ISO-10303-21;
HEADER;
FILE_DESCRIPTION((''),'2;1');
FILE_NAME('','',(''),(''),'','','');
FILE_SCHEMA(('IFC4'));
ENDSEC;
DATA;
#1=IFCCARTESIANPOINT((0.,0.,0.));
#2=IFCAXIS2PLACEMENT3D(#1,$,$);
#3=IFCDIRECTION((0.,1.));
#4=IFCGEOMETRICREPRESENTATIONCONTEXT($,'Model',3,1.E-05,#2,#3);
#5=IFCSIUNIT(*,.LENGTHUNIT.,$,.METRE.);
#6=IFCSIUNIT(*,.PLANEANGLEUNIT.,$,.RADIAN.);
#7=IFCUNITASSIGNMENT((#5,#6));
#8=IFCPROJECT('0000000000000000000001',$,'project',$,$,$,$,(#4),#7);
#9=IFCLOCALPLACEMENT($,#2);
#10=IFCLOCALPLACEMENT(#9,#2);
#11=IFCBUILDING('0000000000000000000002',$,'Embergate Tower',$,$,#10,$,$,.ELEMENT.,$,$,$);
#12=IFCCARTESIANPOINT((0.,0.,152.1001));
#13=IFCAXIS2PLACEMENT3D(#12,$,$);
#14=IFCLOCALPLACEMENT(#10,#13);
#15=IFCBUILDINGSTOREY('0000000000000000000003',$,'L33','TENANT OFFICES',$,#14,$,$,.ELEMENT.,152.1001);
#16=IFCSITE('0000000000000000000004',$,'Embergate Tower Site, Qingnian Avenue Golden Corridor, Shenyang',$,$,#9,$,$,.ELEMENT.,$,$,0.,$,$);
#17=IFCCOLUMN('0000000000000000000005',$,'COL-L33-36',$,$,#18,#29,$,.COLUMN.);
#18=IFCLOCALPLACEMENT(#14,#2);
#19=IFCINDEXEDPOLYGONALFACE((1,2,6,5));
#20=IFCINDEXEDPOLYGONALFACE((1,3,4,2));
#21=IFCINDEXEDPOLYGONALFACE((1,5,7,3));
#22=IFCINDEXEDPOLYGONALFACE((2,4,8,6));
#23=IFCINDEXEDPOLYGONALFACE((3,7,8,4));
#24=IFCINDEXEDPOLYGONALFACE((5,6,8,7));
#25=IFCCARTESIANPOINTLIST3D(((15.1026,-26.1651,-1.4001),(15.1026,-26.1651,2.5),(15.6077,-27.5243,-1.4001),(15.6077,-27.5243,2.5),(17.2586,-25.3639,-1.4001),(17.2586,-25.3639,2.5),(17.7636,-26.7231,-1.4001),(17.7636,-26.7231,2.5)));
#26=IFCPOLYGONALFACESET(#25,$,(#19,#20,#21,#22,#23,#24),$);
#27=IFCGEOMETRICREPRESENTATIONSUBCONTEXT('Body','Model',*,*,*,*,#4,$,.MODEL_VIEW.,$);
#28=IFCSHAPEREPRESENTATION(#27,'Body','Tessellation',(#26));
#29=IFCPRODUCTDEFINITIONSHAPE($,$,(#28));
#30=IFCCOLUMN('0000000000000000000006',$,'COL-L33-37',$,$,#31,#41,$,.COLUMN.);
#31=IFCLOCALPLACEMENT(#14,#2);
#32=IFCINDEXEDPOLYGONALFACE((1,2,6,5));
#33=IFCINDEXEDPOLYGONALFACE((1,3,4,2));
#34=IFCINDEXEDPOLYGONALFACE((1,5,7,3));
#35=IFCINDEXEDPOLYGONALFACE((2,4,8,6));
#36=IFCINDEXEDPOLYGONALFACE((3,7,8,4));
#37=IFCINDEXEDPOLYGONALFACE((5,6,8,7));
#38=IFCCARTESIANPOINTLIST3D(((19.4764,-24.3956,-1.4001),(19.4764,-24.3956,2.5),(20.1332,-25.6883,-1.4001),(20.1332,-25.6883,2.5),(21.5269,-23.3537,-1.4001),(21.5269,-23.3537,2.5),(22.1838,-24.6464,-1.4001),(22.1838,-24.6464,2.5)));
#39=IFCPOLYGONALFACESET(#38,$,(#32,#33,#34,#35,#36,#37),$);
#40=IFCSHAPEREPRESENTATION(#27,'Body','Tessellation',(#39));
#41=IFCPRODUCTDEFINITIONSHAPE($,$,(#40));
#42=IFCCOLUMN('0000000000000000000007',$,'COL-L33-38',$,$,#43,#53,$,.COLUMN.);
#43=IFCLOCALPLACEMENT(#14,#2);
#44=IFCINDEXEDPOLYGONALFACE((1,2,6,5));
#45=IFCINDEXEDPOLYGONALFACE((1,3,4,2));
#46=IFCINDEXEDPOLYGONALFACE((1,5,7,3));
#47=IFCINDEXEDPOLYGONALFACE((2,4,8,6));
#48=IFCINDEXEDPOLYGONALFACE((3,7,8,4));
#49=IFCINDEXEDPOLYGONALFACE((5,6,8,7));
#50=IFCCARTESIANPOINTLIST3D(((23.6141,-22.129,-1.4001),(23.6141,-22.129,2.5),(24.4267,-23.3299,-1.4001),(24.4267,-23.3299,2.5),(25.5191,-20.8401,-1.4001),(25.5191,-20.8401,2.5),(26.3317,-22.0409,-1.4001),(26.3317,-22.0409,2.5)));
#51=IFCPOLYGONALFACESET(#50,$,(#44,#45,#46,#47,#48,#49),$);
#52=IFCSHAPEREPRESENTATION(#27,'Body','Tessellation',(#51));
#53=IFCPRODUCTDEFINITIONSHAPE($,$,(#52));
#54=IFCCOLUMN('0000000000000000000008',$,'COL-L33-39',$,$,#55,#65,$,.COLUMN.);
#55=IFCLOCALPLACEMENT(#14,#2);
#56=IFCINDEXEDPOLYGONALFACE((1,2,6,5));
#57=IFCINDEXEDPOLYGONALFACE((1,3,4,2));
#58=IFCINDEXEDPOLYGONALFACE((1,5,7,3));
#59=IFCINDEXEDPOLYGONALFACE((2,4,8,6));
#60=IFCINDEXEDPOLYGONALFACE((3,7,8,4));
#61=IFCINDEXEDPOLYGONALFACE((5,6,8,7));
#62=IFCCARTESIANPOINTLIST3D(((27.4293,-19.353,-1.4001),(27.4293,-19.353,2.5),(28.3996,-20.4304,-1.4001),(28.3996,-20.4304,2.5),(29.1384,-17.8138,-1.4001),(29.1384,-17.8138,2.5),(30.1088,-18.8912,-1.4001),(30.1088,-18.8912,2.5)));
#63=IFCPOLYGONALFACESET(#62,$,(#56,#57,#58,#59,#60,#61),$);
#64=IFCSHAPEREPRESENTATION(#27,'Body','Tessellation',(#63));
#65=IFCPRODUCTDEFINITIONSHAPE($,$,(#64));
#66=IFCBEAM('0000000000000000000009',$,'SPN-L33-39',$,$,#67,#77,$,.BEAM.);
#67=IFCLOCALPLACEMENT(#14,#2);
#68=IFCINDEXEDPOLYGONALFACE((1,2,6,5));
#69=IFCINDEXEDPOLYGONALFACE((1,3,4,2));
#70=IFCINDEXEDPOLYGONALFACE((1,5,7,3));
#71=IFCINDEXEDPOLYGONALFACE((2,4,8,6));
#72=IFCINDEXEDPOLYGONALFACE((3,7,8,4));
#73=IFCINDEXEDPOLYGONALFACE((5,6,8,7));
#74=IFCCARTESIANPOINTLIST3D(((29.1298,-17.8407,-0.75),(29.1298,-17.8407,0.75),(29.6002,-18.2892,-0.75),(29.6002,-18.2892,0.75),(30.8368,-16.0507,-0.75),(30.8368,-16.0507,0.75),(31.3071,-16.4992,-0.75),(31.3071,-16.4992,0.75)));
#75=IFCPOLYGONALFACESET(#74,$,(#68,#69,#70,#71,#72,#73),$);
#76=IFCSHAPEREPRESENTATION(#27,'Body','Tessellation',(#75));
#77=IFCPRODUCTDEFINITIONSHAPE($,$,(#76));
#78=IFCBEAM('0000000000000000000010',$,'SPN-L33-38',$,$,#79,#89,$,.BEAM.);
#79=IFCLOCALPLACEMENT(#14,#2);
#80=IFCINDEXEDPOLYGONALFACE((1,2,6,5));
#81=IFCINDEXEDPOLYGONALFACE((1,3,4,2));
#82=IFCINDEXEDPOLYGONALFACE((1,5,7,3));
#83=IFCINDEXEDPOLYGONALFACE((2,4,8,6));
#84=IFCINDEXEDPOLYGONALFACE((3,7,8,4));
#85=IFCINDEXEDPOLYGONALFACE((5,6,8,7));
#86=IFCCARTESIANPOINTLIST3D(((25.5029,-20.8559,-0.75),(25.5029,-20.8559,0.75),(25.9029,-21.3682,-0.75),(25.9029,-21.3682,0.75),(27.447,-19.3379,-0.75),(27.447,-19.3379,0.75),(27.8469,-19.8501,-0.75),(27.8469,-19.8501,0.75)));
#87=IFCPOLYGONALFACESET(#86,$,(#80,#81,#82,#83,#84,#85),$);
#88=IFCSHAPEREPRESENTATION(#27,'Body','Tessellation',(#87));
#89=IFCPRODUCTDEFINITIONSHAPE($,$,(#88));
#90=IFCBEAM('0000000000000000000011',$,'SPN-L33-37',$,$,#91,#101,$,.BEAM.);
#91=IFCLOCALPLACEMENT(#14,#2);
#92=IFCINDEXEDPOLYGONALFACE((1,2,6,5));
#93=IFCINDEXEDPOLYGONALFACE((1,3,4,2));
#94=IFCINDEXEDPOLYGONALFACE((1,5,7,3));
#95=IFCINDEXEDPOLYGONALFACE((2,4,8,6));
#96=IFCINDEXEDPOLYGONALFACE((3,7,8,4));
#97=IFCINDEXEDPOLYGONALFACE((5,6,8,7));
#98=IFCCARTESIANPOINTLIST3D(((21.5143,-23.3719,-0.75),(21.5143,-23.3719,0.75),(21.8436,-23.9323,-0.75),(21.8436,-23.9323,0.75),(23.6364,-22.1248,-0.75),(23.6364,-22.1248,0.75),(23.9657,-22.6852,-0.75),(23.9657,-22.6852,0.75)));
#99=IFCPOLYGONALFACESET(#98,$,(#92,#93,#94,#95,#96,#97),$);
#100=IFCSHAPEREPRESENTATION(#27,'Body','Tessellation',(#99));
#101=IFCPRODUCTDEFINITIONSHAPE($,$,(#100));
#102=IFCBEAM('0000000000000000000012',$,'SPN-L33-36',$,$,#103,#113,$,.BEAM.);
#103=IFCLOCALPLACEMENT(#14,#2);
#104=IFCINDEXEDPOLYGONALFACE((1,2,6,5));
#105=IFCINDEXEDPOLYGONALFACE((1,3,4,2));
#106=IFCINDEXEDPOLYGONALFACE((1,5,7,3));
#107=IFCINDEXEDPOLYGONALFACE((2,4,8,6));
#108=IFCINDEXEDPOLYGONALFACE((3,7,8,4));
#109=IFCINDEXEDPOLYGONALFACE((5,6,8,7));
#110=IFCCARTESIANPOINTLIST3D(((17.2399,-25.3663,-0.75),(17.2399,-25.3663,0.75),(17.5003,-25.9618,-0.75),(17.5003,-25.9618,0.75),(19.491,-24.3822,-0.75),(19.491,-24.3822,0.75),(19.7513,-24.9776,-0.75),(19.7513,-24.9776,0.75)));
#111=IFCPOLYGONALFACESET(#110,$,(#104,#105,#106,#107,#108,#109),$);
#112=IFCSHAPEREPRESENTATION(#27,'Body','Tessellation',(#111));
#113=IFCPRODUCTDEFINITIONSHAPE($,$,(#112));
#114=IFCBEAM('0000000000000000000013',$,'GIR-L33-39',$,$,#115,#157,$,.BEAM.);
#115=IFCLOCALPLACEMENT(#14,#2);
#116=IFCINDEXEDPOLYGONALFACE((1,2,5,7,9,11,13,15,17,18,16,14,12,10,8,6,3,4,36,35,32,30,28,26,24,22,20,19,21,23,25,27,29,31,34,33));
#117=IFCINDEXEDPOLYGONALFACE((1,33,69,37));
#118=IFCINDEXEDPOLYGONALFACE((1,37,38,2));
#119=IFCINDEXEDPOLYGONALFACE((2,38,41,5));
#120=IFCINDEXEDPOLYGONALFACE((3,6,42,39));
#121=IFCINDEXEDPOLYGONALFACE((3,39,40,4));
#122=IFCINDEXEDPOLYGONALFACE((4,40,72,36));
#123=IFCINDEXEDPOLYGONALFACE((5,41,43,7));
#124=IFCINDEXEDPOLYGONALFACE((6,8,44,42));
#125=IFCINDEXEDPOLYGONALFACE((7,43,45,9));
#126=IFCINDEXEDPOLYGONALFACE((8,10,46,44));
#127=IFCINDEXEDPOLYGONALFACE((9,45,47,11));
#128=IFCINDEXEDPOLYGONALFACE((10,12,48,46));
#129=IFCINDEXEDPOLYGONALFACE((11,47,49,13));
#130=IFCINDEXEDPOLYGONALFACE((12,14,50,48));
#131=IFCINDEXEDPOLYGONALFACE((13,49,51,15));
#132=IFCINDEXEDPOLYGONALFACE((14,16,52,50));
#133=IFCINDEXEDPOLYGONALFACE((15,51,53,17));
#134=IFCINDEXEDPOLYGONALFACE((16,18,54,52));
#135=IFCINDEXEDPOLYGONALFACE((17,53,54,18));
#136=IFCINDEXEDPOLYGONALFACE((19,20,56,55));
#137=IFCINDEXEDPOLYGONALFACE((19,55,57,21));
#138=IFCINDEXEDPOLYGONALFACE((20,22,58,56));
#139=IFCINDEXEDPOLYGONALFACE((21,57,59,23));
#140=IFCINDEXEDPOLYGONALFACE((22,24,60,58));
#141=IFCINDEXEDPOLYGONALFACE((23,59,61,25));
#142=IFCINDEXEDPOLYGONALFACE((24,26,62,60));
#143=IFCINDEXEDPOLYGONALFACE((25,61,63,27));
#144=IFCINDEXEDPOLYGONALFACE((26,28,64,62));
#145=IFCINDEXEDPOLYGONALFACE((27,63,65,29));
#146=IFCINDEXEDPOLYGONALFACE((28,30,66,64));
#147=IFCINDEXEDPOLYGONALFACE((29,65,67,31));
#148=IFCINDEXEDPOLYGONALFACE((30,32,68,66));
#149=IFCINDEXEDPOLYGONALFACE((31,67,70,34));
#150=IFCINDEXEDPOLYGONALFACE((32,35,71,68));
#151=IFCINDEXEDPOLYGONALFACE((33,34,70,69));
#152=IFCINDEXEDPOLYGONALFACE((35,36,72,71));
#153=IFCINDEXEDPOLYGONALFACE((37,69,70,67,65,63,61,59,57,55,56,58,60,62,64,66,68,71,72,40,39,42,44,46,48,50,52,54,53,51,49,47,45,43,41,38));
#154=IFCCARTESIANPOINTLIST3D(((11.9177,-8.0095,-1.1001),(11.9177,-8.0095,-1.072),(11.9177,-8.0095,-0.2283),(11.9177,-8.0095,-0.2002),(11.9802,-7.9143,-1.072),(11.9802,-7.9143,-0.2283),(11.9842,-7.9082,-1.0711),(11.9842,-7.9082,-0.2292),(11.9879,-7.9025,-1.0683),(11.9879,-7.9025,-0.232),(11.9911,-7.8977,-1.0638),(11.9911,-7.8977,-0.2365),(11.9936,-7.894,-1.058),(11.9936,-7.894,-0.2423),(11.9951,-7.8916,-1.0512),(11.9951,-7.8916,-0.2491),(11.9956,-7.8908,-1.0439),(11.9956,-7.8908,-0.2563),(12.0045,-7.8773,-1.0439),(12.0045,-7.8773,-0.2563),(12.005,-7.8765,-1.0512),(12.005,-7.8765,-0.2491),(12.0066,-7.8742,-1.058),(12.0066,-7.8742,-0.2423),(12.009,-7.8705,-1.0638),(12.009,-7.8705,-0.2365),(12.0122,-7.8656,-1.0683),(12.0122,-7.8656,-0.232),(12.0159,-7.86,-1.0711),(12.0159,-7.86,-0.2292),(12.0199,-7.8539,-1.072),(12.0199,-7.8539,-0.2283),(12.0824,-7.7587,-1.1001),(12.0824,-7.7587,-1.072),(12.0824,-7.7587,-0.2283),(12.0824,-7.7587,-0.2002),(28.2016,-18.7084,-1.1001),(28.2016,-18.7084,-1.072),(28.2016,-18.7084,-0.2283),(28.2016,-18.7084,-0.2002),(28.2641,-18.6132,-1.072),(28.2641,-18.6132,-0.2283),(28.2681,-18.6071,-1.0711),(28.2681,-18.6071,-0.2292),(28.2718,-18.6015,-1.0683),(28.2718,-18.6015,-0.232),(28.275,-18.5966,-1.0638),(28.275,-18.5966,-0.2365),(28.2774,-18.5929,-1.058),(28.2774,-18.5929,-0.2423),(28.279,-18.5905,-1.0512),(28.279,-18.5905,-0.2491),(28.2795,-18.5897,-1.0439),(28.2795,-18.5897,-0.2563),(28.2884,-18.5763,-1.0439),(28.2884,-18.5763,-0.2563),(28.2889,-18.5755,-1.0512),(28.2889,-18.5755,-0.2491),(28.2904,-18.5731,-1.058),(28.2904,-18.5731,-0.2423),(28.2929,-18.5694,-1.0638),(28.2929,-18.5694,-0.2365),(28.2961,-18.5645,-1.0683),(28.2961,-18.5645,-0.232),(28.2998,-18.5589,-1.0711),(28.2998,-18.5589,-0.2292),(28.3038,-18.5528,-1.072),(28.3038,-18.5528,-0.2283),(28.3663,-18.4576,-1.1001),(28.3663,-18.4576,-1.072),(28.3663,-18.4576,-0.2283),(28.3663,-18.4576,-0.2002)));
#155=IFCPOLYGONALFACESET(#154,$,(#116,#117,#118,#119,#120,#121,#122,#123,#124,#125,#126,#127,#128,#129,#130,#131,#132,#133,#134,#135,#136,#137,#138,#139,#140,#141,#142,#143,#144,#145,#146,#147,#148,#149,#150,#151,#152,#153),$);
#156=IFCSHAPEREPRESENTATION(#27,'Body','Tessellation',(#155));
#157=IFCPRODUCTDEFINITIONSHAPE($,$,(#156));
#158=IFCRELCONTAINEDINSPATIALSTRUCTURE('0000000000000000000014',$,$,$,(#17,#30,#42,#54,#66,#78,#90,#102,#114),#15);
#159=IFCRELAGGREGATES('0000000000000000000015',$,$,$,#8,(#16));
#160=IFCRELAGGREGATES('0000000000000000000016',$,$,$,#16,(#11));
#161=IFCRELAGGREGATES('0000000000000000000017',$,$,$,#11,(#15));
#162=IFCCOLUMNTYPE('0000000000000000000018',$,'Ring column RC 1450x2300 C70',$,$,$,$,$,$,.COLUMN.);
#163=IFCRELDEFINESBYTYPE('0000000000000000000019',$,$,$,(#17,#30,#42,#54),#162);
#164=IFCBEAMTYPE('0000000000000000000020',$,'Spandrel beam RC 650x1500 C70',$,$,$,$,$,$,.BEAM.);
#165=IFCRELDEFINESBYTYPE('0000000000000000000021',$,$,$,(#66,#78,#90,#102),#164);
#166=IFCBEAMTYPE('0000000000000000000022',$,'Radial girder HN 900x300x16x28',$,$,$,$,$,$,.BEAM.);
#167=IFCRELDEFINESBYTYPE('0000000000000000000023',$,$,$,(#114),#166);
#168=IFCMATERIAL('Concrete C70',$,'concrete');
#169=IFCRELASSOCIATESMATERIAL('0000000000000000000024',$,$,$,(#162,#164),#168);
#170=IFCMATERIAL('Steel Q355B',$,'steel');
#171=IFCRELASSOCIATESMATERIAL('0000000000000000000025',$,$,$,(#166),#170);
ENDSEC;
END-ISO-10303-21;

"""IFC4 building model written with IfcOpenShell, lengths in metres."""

from ifc_helpers import new_model, si_unit, direction, frame, origin, origin_2d, place, context, subcontext, project, spatial, rectangle, i_section, extrude, source, transform, mapped, material, material_profile, profile_set, type_object, element, save


model = new_model("IFC4")

# Units and contexts
model_context = context("Model", 3, precision=1e-05, world=origin(), true_north=direction((0.0, 1.0)))
body_context = subcontext(model_context, "Body", "Model", "MODEL_VIEW")
ifc_project = project(units=[si_unit("LENGTHUNIT", "METRE"), si_unit("PLANEANGLEUNIT", "RADIAN")], contexts=[model_context])

# Site, building, storey
site_placement = place(None, origin())
site = spatial("IfcSite", under=ifc_project, at=site_placement, Name="Embergate Tower Site, Qingnian Avenue Golden Corridor, Shenyang", CompositionType="ELEMENT", RefElevation=0.0)
building_placement = place(site_placement, origin())
building = spatial("IfcBuilding", under=site, at=building_placement, Name="Embergate Tower", CompositionType="ELEMENT")
storey_placement = place(building_placement, frame((0.0, 0.0, 152.1001)))
storey = spatial("IfcBuildingStorey", under=building, at=storey_placement, Name="L33", Description="TENANT OFFICES", CompositionType="ELEMENT", Elevation=152.1001)

# Columns
ifc_material_1 = material(Name="Concrete C70", Category="concrete")
ifc_material_profile_1 = material_profile(ifc_material_1, rectangle(XDim=1.45, YDim=2.3, at=origin_2d()), Name="RC 1450x2300")
ifc_profile_set_1 = profile_set([ifc_material_profile_1], Name="Concrete C70")
column_type = type_object("IfcColumnType", Name="Ring column RC 1450x2300 C70", PredefinedType="COLUMN", material=ifc_profile_set_1)
shared_shape_1 = source(origin(), body_context, "Body", "SweptSolid", [
    extrude(rectangle(XDim=1.45, YDim=2.3, at=origin_2d()), origin(), (0.0, 0.0, 1.0), 3.9001),
])
for number, where, z_axis, x_axis, name in (
    (1, (16.4331, -26.4441, -1.4001), (0.0, 0.0, 1.0), (0.348343, -0.937367, 0.0), "COL-L33-36"),
    (2, (20.8301, -24.521, -1.4001), (0.0, 0.0, 1.0), (0.452995, -0.891513, 0.0), "COL-L33-37"),
    (3, (24.9729, -22.085, -1.4001), (0.0, 0.0, 1.0), (0.560393, -0.828227, 0.0), "COL-L33-38"),
    (4, (28.769, -19.1221, -1.4001), (0.0, 0.0, 1.0), (0.669208, -0.743075, 0.0), "COL-L33-39"),
):
    element("IfcColumn", number, at=place(storey_placement, frame(where, z_axis=z_axis, x_axis=x_axis)), inside=storey, type_object=column_type, Name=name, PredefinedType="COLUMN", context=body_context, shape_type="MappedRepresentation", body=[
        mapped(shared_shape_1, transform((0.0, 0.0, 0.0))),
    ])

# Beams
ifc_material_profile_2 = material_profile(ifc_material_1, rectangle(XDim=0.6499, YDim=1.5, at=origin_2d()), Name="RC 650x1500")
ifc_profile_set_2 = profile_set([ifc_material_profile_2], Name="Concrete C70")
beam_type_1 = type_object("IfcBeamType", Name="Spandrel beam RC 650x1500 C70", PredefinedType="BEAM", material=ifc_profile_set_2)
shared_shape_2 = source(origin(), body_context, "Body", "SweptSolid", [
    extrude(rectangle(XDim=0.6499, YDim=1.5, at=origin_2d()), origin(), (0.0, 0.0, 1.0), 2.4734),
])
beam_1_placement = place(storey_placement, frame((29.365, -18.0649, 0.0), z_axis=(0.690128, 0.723687, 0.0), x_axis=(-0.723687, 0.690128, 0.0)))
element("IfcBeam", 5, at=beam_1_placement, inside=storey, type_object=beam_type_1, Name="SPN-L33-39", PredefinedType="BEAM", context=body_context, shape_type="MappedRepresentation", body=[
    mapped(shared_shape_2, transform((0.0, 0.0, 0.0))),
])
shared_shape_3 = source(origin(), body_context, "Body", "SweptSolid", [
    extrude(rectangle(XDim=0.6499, YDim=1.5, at=origin_2d()), origin(), (0.0, 0.0, 1.0), 2.4666),
])
beam_2_placement = place(storey_placement, frame((25.7029, -21.1121, 0.0), z_axis=(0.788173, 0.615454, 0.0), x_axis=(-0.615454, 0.788173, 0.0)))
element("IfcBeam", 6, at=beam_2_placement, inside=storey, type_object=beam_type_1, Name="SPN-L33-38", PredefinedType="BEAM", context=body_context, shape_type="MappedRepresentation", body=[
    mapped(shared_shape_3, transform((0.0, 0.0, 0.0))),
])
shared_shape_4 = source(origin(), body_context, "Body", "SweptSolid", [
    extrude(rectangle(XDim=0.6499, YDim=1.5, at=origin_2d()), origin(), (0.0, 0.0, 1.0), 2.4614),
])
beam_3_placement = place(storey_placement, frame((21.679, -23.6521, 0.0), z_axis=(0.862148, 0.506656, 0.0), x_axis=(-0.506656, 0.862148, 0.0)))
element("IfcBeam", 7, at=beam_3_placement, inside=storey, type_object=beam_type_1, Name="SPN-L33-37", PredefinedType="BEAM", context=body_context, shape_type="MappedRepresentation", body=[
    mapped(shared_shape_4, transform((0.0, 0.0, 0.0))),
])
shared_shape_5 = source(origin(), body_context, "Body", "SweptSolid", [
    extrude(rectangle(XDim=0.6499, YDim=1.5, at=origin_2d()), origin(), (0.0, 0.0, 1.0), 2.4568),
])
beam_4_placement = place(storey_placement, frame((17.3701, -25.6641, 0.0), z_axis=(0.916258, 0.400589, 0.0), x_axis=(-0.400589, 0.916258, 0.0)))
element("IfcBeam", 8, at=beam_4_placement, inside=storey, type_object=beam_type_1, Name="SPN-L33-36", PredefinedType="BEAM", context=body_context, shape_type="MappedRepresentation", body=[
    mapped(shared_shape_5, transform((0.0, 0.0, 0.0))),
])
ifc_material_2 = material(Name="Steel Q355B", Category="steel")
ifc_material_profile_3 = material_profile(ifc_material_2, i_section(OverallWidth=0.3, OverallDepth=0.8999, WebThickness=0.0161, FlangeThickness=0.0281, FilletRadius=0.0281, at=origin_2d()), Name="HN 900x300x16x28")
ifc_profile_set_3 = profile_set([ifc_material_profile_3], Name="Steel Q355 grade B")
beam_type_2 = type_object("IfcBeamType", Name="Radial girder HN 900x300x16x28", PredefinedType="BEAM", material=ifc_profile_set_3)
shared_shape_6 = source(origin(), body_context, "Body", "SweptSolid", [
    extrude(i_section(OverallWidth=0.3, OverallDepth=0.8999, WebThickness=0.0161, FlangeThickness=0.0281, FilletRadius=0.0281, at=origin_2d()), origin(), (0.0, 0.0, 1.0), 19.4841),
])
beam_5_placement = place(storey_placement, frame((28.2839, -18.583, -0.6501), z_axis=(-0.83575, 0.54911, 0.0), x_axis=(-0.54911, -0.83575, 0.0)))
element("IfcBeam", 9, at=beam_5_placement, inside=storey, type_object=beam_type_2, Name="GIR-L33-39", PredefinedType="BEAM", context=body_context, shape_type="MappedRepresentation", body=[
    mapped(shared_shape_6, transform((0.0, 0.0, 0.0))),
])

save(model, "model.ifc")
